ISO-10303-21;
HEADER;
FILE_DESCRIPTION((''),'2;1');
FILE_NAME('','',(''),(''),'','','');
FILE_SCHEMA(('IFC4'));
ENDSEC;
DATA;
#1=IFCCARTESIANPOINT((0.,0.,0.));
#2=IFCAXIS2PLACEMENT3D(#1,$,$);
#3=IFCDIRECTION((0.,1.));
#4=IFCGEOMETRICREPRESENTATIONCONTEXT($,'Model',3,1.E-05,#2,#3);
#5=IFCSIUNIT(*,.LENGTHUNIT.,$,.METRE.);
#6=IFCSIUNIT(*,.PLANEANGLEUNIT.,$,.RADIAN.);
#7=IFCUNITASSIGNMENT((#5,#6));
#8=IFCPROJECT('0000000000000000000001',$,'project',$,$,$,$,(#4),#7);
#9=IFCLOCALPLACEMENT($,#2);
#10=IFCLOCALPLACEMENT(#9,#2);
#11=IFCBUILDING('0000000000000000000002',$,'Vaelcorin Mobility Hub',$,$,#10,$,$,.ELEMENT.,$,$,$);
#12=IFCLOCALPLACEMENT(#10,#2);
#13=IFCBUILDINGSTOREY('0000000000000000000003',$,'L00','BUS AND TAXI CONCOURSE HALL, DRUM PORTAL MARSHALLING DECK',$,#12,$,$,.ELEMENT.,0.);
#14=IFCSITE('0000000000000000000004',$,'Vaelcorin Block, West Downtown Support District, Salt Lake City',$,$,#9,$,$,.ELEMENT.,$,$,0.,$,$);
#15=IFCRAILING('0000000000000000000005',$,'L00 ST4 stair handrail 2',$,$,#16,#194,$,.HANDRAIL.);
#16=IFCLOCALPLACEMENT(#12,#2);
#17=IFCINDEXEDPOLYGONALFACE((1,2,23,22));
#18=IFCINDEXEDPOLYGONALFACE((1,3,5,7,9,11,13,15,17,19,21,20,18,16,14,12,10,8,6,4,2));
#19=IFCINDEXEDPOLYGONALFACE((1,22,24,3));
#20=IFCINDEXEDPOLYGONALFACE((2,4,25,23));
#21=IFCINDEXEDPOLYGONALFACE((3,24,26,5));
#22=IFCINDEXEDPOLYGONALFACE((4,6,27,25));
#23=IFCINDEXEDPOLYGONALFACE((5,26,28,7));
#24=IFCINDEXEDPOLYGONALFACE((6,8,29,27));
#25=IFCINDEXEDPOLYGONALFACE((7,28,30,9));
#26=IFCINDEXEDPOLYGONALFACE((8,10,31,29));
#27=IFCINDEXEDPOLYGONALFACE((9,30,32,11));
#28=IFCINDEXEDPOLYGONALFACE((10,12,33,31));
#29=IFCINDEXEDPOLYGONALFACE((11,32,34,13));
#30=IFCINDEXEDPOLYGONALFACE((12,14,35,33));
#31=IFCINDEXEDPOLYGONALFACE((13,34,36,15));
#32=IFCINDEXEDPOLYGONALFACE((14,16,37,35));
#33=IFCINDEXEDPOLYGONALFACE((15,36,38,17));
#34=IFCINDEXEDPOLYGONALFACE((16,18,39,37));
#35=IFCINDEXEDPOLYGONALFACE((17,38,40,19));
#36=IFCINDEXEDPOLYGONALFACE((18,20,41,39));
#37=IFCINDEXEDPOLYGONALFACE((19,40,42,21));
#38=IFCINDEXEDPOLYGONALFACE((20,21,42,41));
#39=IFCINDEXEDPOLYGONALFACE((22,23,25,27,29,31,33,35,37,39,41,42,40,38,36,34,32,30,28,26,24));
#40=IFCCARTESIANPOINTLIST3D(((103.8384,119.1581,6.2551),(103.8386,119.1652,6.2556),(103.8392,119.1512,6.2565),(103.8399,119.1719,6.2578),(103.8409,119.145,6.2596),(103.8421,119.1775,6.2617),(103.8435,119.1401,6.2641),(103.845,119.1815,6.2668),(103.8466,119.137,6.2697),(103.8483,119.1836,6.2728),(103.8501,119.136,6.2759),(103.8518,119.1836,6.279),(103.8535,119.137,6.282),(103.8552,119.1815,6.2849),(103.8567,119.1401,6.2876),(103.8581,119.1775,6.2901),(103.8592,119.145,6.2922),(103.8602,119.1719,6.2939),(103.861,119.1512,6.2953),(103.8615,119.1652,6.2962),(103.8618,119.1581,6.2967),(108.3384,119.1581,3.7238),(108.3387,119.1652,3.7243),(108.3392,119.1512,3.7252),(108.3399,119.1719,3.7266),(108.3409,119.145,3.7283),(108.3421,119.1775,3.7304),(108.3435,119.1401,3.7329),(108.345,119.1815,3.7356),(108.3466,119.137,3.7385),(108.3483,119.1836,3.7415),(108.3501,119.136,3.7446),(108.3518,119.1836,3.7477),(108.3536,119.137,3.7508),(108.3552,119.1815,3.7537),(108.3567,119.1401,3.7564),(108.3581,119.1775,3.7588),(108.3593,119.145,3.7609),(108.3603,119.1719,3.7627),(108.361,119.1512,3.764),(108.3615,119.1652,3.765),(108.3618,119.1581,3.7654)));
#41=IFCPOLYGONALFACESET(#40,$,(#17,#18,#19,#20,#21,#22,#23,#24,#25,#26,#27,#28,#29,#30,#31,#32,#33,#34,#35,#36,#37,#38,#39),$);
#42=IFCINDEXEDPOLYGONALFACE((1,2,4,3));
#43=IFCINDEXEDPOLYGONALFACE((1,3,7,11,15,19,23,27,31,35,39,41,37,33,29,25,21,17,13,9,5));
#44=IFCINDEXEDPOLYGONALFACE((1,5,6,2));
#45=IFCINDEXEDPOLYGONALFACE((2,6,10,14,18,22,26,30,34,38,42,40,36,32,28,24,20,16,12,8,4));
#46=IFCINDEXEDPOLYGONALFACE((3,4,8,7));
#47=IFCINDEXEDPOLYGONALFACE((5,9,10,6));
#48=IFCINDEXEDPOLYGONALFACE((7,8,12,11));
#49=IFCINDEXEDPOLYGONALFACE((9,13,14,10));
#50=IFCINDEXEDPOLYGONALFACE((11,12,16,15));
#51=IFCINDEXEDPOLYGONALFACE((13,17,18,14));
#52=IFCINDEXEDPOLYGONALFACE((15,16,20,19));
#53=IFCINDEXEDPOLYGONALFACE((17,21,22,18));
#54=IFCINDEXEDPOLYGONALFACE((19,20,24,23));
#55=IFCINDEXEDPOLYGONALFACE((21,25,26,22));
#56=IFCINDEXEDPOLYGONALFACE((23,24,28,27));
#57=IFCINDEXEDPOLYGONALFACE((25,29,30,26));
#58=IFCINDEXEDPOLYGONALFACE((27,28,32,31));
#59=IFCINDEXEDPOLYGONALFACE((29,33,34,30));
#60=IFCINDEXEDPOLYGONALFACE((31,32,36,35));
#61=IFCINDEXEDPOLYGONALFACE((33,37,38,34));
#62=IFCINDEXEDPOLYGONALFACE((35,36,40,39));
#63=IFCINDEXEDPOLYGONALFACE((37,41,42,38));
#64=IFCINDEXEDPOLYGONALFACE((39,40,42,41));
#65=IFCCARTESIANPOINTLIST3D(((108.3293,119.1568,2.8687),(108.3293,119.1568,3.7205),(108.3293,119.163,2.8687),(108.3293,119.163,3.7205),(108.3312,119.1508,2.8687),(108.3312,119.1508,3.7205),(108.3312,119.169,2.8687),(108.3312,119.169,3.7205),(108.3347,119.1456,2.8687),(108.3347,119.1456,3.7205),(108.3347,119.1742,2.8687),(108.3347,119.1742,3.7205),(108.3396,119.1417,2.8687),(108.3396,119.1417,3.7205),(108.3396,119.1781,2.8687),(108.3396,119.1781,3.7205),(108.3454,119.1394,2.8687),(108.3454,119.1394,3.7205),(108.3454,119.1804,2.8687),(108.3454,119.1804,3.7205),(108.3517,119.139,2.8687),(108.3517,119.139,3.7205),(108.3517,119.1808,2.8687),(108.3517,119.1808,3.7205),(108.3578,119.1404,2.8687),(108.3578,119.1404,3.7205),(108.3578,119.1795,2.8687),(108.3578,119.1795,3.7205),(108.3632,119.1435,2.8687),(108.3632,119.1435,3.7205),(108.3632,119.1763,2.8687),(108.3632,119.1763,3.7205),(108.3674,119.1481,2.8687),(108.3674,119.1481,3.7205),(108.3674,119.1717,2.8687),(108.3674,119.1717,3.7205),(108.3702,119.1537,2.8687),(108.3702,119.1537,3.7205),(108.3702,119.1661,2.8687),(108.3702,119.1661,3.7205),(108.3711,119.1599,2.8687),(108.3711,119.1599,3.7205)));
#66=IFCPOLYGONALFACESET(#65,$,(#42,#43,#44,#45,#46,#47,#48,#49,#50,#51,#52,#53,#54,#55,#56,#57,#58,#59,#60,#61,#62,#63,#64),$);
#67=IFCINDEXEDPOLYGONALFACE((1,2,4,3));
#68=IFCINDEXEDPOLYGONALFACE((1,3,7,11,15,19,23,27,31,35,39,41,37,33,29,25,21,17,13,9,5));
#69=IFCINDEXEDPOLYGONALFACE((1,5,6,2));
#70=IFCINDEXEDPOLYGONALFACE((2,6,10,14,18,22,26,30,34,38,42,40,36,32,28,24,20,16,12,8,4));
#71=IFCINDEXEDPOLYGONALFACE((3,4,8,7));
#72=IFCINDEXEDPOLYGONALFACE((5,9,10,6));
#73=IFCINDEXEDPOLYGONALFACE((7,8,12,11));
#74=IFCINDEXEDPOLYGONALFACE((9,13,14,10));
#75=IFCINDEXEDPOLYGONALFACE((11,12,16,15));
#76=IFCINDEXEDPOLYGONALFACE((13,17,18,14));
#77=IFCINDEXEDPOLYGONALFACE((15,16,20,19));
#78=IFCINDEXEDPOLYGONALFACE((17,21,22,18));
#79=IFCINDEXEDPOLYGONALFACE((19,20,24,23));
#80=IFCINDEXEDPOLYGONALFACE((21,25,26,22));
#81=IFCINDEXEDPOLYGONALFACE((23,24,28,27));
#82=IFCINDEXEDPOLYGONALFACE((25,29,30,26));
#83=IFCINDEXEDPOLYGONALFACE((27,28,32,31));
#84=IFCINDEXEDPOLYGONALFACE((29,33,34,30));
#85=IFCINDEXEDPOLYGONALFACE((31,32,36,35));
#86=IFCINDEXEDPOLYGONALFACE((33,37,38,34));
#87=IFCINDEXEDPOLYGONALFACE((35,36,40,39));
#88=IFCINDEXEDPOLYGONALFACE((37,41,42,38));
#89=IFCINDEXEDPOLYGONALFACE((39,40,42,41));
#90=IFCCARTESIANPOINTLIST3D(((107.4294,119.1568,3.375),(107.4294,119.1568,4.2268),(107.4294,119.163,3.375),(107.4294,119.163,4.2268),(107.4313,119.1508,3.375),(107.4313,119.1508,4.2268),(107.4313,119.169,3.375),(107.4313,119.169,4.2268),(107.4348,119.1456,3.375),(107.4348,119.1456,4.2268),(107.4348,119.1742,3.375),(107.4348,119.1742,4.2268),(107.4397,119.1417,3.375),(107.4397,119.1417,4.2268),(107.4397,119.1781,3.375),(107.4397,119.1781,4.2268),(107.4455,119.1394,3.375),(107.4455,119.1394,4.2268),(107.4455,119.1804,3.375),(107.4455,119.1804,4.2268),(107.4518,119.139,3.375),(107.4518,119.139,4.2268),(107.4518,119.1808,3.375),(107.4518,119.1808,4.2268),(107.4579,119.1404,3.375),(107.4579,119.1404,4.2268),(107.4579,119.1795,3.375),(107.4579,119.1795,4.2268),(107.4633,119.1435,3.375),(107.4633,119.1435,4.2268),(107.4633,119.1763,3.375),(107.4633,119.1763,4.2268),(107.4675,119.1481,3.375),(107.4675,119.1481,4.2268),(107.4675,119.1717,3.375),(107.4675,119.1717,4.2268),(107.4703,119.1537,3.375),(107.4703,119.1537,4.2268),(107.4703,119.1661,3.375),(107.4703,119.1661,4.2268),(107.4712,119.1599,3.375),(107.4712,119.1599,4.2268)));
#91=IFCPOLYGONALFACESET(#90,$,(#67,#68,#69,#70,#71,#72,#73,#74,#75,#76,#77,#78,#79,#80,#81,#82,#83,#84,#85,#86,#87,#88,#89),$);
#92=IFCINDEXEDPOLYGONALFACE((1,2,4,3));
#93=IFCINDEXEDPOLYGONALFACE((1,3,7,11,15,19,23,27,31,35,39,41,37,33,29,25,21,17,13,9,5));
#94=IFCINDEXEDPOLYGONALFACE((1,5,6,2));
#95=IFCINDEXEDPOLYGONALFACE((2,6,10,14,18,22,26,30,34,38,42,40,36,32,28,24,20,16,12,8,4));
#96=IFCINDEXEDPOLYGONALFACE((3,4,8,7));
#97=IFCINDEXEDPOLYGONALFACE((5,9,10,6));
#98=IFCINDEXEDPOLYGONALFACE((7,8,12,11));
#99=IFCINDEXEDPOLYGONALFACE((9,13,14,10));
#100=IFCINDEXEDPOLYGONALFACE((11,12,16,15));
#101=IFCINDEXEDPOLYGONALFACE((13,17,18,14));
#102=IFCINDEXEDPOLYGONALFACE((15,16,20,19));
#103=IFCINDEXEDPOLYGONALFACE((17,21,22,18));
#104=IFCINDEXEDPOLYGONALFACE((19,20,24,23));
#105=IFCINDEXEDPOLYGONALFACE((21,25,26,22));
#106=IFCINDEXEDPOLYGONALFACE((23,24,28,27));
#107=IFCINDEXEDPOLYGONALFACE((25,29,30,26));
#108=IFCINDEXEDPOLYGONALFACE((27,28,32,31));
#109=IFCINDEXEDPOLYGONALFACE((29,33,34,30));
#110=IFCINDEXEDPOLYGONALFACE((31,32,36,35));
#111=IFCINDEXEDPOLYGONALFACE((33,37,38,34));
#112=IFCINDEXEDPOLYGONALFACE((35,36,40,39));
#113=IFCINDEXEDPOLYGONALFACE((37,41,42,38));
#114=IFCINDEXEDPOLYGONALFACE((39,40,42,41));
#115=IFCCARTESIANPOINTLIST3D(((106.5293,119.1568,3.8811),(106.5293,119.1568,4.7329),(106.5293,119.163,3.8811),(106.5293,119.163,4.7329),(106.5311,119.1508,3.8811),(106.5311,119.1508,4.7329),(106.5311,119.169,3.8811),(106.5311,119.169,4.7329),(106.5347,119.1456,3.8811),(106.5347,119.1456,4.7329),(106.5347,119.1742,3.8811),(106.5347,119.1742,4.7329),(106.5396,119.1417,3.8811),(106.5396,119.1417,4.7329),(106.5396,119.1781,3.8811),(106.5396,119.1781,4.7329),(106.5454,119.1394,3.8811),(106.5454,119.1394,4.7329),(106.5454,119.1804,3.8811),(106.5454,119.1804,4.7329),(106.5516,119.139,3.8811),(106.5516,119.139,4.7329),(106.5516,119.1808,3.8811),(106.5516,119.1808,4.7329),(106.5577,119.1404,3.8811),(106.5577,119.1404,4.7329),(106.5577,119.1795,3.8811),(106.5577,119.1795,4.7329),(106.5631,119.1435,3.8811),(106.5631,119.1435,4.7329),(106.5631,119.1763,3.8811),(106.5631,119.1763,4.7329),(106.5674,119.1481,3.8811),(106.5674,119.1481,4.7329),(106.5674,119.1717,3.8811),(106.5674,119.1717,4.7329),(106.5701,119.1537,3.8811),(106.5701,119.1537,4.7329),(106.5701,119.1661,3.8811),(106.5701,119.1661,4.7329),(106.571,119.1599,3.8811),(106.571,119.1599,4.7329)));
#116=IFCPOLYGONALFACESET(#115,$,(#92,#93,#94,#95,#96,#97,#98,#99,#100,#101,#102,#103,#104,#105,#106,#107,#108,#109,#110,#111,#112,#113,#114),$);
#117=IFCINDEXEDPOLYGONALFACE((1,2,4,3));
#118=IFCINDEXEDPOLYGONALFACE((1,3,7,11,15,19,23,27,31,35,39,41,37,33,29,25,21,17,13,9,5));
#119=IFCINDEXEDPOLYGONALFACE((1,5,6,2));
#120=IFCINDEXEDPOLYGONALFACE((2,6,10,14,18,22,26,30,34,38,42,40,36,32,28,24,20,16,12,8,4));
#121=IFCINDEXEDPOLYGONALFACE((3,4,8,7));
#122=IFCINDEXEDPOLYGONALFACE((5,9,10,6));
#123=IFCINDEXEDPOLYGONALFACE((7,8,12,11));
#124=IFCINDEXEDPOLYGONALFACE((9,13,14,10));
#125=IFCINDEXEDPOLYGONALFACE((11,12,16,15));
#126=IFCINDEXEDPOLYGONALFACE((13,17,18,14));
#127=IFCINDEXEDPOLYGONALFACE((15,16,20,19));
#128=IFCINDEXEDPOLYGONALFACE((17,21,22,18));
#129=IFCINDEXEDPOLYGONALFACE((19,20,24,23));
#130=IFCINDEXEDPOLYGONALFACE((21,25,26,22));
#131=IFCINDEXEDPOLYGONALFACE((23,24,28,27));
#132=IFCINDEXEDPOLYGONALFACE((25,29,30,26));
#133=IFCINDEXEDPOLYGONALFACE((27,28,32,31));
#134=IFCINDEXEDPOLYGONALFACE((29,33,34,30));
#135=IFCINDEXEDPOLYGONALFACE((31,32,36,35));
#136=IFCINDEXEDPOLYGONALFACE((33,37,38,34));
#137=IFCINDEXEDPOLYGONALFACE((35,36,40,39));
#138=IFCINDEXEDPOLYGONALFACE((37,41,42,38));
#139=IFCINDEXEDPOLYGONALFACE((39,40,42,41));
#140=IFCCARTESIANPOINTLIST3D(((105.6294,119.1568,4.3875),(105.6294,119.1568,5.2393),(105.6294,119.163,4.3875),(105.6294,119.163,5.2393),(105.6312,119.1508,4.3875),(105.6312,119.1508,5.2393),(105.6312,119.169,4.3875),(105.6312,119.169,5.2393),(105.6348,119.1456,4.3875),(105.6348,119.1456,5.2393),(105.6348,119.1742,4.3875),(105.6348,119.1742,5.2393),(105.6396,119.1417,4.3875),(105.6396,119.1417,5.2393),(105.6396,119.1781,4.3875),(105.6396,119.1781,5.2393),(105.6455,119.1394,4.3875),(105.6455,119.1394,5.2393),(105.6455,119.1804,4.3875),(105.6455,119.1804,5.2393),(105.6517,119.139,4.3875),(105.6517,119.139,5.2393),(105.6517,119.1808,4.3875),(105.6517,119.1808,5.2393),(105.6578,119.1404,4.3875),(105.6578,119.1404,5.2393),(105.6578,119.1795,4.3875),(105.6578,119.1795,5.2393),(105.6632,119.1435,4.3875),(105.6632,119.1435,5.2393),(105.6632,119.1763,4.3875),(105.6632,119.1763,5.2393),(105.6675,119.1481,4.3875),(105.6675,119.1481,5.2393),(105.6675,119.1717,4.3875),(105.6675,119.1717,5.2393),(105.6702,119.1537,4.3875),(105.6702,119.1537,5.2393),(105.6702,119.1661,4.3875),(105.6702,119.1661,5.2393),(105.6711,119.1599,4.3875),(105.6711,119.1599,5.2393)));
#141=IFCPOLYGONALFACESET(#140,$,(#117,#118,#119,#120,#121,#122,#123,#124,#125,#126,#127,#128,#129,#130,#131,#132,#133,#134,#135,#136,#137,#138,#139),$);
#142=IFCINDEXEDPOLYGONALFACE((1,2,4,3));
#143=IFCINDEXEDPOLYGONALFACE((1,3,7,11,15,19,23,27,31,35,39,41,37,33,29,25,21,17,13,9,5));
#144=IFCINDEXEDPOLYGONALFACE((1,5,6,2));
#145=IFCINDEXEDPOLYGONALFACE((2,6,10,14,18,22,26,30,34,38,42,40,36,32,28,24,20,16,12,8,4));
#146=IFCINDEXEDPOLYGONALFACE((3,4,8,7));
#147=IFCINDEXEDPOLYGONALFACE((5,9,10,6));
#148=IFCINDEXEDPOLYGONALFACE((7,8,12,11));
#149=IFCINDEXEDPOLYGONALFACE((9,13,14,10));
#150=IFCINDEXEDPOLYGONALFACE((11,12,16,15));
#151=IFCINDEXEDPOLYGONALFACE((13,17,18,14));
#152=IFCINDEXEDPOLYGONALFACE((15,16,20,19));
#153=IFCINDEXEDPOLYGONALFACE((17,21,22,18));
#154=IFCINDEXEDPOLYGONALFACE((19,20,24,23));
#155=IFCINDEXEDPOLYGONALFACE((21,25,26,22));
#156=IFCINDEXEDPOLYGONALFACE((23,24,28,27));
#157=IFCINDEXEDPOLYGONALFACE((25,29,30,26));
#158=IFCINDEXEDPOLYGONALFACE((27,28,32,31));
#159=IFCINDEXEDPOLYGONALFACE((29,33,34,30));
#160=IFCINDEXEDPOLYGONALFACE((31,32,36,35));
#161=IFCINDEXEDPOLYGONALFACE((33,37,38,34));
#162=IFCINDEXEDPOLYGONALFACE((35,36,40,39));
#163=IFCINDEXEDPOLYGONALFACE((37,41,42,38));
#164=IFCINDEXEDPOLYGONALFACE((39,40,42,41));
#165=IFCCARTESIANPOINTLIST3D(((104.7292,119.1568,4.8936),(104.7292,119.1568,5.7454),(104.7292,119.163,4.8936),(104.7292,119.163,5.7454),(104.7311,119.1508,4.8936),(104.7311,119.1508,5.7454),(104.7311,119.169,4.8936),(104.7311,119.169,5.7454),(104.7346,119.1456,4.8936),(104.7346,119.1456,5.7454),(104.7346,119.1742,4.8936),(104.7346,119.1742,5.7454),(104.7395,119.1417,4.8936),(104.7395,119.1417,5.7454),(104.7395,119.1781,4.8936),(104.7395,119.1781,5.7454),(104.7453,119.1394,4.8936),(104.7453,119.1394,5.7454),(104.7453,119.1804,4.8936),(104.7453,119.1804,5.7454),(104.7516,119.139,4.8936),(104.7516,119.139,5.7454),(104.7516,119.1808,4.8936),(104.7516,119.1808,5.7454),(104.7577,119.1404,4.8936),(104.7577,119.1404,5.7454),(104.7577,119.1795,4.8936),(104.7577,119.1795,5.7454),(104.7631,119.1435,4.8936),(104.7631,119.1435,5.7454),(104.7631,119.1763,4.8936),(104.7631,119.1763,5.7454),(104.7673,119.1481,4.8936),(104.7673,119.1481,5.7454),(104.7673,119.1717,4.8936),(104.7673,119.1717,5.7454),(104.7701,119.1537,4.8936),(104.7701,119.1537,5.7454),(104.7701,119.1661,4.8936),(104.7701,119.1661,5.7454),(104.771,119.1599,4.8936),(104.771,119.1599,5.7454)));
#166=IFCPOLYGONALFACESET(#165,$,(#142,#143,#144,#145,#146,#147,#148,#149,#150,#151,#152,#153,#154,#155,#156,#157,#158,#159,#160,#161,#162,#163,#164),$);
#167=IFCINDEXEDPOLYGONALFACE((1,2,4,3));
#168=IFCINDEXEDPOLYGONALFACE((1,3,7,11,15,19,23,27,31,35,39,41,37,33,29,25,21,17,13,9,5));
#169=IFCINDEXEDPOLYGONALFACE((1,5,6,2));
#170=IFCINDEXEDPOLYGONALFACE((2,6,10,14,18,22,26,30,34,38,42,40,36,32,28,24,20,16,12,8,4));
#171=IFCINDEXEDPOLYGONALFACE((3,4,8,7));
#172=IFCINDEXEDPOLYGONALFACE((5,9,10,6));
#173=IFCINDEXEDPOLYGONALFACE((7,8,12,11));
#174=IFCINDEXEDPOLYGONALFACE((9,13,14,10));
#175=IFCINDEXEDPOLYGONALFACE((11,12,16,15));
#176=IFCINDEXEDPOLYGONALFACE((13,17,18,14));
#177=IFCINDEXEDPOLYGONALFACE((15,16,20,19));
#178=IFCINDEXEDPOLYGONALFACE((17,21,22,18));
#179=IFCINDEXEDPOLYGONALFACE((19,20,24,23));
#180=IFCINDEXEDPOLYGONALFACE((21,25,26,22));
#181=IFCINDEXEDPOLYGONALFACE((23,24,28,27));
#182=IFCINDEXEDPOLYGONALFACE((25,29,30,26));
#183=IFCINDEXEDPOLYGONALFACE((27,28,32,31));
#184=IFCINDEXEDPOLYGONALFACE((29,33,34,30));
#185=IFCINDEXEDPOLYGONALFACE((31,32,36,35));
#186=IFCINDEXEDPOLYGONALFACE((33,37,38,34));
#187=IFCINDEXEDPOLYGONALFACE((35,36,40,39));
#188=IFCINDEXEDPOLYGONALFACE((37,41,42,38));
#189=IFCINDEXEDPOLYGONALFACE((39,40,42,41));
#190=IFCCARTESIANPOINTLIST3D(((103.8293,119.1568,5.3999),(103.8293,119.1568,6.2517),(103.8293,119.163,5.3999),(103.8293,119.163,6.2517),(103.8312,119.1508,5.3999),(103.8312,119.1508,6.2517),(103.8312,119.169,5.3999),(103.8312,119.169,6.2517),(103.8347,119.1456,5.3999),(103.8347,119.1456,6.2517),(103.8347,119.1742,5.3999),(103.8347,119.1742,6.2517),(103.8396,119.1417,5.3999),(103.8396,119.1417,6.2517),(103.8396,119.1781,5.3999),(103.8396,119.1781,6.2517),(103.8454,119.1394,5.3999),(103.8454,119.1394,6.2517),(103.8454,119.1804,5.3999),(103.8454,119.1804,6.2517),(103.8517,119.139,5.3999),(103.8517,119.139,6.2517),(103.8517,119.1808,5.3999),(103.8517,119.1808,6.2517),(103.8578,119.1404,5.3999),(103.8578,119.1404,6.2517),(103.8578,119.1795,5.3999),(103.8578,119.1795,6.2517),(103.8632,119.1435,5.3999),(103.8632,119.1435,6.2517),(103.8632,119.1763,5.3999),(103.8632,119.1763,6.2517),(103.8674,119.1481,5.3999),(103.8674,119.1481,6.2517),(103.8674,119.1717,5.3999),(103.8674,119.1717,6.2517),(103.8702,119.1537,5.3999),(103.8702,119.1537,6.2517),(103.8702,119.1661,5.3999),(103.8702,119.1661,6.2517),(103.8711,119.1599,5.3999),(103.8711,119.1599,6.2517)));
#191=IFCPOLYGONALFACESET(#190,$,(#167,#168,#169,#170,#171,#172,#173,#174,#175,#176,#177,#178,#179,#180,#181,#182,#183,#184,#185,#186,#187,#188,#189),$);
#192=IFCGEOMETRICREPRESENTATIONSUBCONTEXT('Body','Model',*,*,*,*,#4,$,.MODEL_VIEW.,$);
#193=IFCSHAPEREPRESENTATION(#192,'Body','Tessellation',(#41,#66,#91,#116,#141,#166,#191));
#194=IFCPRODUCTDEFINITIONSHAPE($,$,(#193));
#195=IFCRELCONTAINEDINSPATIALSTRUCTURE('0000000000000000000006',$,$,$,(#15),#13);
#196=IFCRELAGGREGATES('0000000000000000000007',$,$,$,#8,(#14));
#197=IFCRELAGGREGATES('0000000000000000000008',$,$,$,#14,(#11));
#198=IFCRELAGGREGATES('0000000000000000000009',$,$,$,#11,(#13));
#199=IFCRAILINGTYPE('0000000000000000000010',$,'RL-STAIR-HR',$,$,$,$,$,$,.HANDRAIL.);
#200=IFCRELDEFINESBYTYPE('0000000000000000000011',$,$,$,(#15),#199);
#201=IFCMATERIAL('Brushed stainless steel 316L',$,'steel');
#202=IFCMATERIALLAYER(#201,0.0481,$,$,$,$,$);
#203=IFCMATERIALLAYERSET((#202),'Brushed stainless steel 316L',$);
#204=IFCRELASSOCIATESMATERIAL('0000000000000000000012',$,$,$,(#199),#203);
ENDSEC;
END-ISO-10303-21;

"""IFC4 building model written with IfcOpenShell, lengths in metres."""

from ifc_helpers import new_model, si_unit, direction, frame, origin, origin_2d, place, context, subcontext, project, spatial, circle, extrude, material, layer, layer_set, type_object, element, save


model = new_model("IFC4")

# Units and contexts
model_context = context("Model", 3, precision=1e-05, world=origin(), true_north=direction((0.0, 1.0)))
body_context = subcontext(model_context, "Body", "Model", "MODEL_VIEW")
ifc_project = project(units=[si_unit("LENGTHUNIT", "METRE"), si_unit("PLANEANGLEUNIT", "RADIAN")], contexts=[model_context])

# Site, building, storey
site_placement = place(None, origin())
site = spatial("IfcSite", under=ifc_project, at=site_placement, Name="Vaelcorin Block, West Downtown Support District, Salt Lake City", CompositionType="ELEMENT", RefElevation=0.0)
building_placement = place(site_placement, origin())
building = spatial("IfcBuilding", under=site, at=building_placement, Name="Vaelcorin Mobility Hub", CompositionType="ELEMENT")
storey_placement = place(building_placement, origin())
storey = spatial("IfcBuildingStorey", under=building, at=storey_placement, Name="L00", Description="BUS AND TAXI CONCOURSE HALL, DRUM PORTAL MARSHALLING DECK", CompositionType="ELEMENT", Elevation=0.0)

# Railing
ifc_material_1 = material(Name="Brushed stainless steel 316L", Category="steel")
ifc_layer_1 = layer(ifc_material_1, 0.0481)
ifc_layer_set_1 = layer_set([ifc_layer_1], Name="Brushed stainless steel 316L")
railing_type_1 = type_object("IfcRailingType", Name="RL-STAIR-HR", PredefinedType="HANDRAIL", material=ifc_layer_set_1)
railing_1_placement = place(storey_placement, frame((108.3501, 119.1599, 2.8687)))
element("IfcRailing", 1, at=railing_1_placement, inside=storey, type_object=railing_type_1, Name="L00 ST4 stair handrail 2", PredefinedType="HANDRAIL", context=body_context, shape_type="SweptSolid", body=[
    extrude(circle(Radius=0.0239, at=origin_2d()), frame((0.0, 0.0, 0.876), z_axis=(-0.871576, 0.0, 0.490261), x_axis=(0.0, -1.0, 0.0)), (0.0, 0.0, 1.0), 5.1631),
    extrude(circle(Radius=0.021, at=origin_2d()), origin(), (0.0, 0.0, 1.0), 0.8518),
    extrude(circle(Radius=0.021, at=origin_2d()), frame((-0.8999, 0.0, 0.5063)), (0.0, 0.0, 1.0), 0.8518),
    extrude(circle(Radius=0.021, at=origin_2d()), frame((-1.8, 0.0, 1.0125)), (0.0, 0.0, 1.0), 0.8518),
    extrude(circle(Radius=0.021, at=origin_2d()), frame((-2.7, 0.0, 1.5188)), (0.0, 0.0, 1.0), 0.8518),
    extrude(circle(Radius=0.021, at=origin_2d()), frame((-3.6001, 0.0, 2.0249)), (0.0, 0.0, 1.0), 0.8518),
    extrude(circle(Radius=0.021, at=origin_2d()), frame((-4.5, 0.0, 2.5312)), (0.0, 0.0, 1.0), 0.8518),
])

save(model, "model.ifc")
